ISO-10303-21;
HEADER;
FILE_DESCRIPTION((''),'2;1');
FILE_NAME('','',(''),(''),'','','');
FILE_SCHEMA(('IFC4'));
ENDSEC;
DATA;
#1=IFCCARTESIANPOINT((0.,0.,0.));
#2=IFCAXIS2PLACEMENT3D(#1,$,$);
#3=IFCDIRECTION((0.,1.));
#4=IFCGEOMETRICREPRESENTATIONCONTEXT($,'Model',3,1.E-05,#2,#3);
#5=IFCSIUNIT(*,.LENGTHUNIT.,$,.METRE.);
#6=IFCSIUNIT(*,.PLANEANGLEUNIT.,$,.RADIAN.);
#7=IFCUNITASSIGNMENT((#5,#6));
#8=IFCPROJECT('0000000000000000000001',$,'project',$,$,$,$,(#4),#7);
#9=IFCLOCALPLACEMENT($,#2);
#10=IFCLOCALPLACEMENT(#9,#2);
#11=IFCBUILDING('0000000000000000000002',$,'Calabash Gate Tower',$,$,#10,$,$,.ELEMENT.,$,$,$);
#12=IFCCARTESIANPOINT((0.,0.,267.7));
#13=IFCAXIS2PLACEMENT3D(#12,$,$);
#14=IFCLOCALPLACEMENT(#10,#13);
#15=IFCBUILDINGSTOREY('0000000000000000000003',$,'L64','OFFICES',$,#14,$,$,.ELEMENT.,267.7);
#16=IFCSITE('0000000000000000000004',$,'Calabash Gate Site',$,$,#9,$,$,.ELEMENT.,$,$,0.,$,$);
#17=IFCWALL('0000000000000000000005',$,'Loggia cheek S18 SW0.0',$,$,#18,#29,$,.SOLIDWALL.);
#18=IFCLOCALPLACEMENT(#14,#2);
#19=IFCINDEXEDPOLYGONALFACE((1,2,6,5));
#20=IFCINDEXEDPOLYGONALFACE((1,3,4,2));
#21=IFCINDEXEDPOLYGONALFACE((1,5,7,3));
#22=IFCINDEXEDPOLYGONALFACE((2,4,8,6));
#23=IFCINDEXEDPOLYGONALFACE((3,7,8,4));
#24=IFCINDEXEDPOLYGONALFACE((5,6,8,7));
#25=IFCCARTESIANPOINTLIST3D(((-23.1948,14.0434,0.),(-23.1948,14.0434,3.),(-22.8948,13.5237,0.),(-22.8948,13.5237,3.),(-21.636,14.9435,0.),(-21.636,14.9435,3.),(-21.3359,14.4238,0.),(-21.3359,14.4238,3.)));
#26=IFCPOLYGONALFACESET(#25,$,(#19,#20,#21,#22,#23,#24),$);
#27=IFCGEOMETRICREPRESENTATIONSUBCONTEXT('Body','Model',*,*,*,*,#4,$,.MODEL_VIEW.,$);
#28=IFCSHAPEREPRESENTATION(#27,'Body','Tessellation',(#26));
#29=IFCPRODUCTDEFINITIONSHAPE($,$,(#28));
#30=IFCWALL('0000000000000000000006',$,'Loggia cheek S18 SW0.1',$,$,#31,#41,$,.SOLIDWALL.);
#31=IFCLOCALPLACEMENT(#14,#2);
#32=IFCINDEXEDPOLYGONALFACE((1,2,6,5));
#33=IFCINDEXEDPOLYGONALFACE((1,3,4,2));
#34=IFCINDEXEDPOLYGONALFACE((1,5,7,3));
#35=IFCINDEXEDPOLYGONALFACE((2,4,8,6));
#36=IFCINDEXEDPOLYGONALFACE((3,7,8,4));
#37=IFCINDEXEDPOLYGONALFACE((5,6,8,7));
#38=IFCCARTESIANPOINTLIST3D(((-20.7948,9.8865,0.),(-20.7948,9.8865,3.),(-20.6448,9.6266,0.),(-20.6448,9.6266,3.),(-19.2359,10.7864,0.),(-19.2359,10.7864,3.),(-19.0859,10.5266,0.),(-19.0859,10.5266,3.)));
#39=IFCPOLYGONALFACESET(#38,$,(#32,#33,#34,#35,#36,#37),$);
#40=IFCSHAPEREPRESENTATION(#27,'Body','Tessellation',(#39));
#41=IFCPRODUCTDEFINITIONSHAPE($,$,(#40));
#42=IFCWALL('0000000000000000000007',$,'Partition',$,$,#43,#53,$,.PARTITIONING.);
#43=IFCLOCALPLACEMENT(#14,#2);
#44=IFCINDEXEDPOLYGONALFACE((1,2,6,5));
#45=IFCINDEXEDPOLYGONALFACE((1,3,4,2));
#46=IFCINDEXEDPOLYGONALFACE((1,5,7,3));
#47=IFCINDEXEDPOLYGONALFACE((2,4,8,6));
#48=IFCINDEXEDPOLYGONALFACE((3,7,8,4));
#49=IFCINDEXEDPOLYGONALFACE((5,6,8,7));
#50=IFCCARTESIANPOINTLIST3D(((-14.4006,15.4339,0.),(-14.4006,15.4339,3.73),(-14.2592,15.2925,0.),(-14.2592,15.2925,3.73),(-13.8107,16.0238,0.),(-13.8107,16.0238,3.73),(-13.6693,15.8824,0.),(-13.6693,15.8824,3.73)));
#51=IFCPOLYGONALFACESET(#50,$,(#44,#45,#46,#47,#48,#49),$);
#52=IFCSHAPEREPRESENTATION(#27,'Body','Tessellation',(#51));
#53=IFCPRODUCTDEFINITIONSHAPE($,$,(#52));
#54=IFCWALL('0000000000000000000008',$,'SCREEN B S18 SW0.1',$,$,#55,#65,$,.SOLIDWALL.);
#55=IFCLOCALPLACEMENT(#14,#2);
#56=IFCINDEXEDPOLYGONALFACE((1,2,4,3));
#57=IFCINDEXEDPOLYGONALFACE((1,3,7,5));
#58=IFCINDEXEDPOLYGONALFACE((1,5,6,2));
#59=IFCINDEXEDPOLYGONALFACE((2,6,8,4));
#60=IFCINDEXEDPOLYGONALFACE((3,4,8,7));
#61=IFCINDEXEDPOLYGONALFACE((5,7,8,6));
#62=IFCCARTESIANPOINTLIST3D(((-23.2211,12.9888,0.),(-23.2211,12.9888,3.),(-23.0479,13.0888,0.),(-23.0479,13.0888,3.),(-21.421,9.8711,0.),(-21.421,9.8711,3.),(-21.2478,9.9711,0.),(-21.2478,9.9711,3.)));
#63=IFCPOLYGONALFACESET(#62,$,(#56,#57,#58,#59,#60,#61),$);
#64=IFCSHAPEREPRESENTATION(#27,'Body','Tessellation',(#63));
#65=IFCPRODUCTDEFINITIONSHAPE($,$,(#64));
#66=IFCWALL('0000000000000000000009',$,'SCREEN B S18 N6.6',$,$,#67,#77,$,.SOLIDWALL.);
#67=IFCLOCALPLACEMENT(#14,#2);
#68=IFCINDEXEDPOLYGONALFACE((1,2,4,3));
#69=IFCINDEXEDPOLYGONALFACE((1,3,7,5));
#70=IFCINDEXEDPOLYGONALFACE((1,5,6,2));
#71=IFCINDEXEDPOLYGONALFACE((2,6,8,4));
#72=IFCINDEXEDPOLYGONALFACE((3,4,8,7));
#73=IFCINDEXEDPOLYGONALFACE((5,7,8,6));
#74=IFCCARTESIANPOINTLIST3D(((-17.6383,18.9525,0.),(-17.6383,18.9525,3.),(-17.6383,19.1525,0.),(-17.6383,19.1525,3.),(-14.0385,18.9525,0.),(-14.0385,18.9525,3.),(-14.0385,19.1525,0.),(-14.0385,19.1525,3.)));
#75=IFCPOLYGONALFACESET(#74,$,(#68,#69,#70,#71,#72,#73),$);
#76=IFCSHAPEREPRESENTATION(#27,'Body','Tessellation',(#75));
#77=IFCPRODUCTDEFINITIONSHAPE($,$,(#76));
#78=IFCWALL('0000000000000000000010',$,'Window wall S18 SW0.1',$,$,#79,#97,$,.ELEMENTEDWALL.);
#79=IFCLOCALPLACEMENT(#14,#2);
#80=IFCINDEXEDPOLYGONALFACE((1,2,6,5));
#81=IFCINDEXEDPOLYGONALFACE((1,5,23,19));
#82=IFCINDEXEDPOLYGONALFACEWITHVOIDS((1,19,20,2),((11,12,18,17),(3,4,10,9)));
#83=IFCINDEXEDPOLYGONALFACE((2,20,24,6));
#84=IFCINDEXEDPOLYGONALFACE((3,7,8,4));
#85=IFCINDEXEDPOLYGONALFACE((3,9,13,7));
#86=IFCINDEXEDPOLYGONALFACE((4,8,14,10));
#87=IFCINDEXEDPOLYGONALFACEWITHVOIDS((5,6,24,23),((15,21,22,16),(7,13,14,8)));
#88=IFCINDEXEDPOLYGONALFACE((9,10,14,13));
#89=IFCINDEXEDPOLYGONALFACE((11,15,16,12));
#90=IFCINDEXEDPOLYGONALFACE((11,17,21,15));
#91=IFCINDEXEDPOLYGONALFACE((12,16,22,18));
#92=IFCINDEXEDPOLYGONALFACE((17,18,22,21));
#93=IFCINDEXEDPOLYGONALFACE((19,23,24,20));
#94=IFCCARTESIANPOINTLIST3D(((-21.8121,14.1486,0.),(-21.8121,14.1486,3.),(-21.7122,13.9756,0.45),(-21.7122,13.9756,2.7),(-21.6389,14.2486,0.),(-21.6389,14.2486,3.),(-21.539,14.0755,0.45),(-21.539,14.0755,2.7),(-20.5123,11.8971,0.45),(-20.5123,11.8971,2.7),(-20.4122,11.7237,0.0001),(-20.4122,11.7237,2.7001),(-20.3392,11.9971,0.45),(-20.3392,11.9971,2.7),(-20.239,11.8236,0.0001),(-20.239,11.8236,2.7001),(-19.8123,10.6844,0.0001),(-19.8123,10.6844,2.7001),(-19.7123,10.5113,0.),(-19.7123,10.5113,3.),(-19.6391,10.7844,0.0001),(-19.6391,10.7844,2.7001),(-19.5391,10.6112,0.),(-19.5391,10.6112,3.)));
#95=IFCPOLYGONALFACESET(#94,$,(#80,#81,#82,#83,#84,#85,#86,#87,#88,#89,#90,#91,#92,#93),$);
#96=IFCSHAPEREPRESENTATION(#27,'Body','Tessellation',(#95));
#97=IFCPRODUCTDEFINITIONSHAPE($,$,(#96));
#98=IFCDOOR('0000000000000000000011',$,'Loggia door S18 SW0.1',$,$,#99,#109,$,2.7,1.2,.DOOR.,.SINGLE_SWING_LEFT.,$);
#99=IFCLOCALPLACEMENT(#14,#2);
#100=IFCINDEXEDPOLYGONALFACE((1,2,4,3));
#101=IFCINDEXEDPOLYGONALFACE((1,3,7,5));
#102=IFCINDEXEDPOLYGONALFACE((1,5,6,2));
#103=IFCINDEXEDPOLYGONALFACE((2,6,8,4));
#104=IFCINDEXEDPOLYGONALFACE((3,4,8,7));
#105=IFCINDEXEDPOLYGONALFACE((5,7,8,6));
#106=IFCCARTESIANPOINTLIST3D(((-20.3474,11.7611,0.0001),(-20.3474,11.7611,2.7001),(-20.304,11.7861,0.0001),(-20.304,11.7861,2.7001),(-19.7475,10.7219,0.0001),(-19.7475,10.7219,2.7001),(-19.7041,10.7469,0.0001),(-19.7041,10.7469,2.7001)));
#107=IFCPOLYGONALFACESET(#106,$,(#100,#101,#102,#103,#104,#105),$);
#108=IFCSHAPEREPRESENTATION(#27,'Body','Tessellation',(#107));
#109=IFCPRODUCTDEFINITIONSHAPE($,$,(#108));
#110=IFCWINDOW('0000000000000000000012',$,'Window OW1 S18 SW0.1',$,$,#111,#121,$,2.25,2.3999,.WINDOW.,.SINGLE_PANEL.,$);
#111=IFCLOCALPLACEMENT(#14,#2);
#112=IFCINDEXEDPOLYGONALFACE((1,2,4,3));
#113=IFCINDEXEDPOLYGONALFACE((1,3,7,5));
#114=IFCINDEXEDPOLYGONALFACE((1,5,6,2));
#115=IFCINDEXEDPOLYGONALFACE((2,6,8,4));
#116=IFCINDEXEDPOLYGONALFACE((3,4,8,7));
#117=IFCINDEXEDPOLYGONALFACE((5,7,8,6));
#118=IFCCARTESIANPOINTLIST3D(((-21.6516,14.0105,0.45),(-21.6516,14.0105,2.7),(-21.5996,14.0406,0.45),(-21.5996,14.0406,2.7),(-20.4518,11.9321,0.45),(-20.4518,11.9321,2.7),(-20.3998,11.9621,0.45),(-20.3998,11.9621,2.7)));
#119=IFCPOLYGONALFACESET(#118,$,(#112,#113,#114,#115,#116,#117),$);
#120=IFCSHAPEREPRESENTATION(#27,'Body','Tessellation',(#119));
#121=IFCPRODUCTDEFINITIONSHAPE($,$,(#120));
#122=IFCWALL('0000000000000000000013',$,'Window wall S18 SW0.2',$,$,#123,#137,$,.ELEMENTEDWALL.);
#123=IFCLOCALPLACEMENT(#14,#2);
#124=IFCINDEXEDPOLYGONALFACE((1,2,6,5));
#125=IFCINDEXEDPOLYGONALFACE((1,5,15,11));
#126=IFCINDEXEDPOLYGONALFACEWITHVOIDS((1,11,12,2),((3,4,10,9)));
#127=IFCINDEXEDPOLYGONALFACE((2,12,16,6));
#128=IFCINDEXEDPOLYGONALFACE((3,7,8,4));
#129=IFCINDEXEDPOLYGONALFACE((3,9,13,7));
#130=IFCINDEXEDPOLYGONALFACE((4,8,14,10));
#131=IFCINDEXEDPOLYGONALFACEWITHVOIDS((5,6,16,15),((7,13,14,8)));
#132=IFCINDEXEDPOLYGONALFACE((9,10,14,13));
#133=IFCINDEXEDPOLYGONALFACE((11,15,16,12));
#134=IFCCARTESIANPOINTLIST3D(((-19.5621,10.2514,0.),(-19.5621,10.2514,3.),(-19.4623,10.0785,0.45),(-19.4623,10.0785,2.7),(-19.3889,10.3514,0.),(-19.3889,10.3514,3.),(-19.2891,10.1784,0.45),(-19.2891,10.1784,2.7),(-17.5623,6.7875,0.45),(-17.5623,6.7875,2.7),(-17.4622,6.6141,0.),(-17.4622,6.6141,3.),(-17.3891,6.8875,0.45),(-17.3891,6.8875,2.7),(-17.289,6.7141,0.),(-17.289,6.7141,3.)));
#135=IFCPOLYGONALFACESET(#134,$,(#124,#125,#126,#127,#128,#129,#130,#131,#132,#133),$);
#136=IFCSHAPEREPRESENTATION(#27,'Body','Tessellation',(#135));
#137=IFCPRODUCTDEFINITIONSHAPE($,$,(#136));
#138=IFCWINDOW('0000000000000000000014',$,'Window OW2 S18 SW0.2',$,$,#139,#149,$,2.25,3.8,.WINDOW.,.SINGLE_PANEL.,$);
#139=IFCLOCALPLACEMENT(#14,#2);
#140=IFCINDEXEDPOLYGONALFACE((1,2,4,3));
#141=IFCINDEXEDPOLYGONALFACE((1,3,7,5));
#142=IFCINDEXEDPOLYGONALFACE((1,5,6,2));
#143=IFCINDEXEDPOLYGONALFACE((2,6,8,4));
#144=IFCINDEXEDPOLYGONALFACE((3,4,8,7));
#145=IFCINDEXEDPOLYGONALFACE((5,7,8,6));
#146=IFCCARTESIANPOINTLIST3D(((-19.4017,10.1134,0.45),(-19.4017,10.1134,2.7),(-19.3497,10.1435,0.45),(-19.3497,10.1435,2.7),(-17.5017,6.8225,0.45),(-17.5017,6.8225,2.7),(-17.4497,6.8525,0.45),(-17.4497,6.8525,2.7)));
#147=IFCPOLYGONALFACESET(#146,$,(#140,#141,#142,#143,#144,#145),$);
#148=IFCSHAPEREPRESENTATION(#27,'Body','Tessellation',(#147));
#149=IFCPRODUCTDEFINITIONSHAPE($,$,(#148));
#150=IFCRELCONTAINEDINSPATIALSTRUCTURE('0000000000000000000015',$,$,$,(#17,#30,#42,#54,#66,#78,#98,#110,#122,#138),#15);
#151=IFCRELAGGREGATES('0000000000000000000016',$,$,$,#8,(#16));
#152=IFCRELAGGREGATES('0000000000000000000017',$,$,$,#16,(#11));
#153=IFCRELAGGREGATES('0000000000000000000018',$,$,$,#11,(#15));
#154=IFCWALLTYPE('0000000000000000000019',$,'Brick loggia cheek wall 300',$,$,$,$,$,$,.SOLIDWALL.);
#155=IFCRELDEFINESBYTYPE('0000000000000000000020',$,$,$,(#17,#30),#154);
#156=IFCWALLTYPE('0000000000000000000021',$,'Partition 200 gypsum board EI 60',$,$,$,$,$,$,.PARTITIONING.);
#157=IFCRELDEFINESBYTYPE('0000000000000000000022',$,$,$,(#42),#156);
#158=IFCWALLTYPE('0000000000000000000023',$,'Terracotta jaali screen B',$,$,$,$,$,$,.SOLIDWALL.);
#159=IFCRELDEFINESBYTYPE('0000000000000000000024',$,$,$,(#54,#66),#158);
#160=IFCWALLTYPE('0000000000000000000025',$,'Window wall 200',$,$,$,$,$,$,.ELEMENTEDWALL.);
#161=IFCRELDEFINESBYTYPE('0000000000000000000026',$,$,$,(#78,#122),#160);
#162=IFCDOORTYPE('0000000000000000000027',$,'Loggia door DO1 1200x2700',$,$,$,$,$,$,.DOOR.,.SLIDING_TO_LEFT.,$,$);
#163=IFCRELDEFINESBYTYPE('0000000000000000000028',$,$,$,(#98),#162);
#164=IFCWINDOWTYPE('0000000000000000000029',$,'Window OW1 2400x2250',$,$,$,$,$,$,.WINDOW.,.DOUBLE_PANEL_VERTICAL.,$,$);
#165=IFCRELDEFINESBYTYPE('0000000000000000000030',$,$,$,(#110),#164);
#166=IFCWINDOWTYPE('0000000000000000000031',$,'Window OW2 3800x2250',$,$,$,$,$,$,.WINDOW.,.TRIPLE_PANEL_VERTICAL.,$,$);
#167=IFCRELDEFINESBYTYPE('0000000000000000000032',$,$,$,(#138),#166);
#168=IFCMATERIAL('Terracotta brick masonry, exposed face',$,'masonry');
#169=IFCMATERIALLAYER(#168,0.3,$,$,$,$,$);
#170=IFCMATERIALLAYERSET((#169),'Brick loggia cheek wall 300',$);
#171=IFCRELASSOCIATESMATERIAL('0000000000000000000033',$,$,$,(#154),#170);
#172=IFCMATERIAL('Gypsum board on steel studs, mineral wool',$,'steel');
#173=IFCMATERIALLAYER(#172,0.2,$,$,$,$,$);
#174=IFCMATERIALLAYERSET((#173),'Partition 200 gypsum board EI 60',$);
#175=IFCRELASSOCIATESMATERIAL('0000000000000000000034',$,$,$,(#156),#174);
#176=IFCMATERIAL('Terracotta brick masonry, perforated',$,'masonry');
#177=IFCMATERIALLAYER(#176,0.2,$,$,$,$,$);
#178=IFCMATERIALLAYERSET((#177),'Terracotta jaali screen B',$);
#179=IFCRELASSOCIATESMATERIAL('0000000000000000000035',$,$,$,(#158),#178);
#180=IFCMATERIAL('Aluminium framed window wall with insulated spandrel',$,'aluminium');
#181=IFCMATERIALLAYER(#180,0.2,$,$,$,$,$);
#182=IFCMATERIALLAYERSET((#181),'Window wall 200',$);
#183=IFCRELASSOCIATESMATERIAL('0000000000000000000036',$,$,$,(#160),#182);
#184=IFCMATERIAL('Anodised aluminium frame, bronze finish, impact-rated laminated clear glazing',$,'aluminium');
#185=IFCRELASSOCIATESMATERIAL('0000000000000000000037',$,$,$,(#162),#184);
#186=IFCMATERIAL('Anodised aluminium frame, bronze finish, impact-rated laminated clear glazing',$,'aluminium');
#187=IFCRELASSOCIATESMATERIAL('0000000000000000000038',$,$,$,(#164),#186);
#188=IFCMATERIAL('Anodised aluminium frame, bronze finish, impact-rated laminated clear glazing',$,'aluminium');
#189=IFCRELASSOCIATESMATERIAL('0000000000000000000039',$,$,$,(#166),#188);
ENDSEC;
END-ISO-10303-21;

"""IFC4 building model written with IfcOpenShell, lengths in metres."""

from ifc_helpers import new_model, si_unit, direction, frame, frame_2d, origin, place, context, subcontext, project, spatial, rectangle, extrude, material, layer, layer_set, type_object, element, fill, save


model = new_model("IFC4")

# Units and contexts
model_context = context("Model", 3, precision=1e-05, world=origin(), true_north=direction((0.0, 1.0)))
body_context = subcontext(model_context, "Body", "Model", "MODEL_VIEW")
ifc_project = project(units=[si_unit("LENGTHUNIT", "METRE"), si_unit("PLANEANGLEUNIT", "RADIAN")], contexts=[model_context])

# Site, building, storey
site_placement = place(None, origin())
site = spatial("IfcSite", under=ifc_project, at=site_placement, Name="Calabash Gate Site", CompositionType="ELEMENT", RefElevation=0.0)
building_placement = place(site_placement, origin())
building = spatial("IfcBuilding", under=site, at=building_placement, Name="Calabash Gate Tower", CompositionType="ELEMENT")
storey_placement = place(building_placement, frame((0.0, 0.0, 267.7)))
storey = spatial("IfcBuildingStorey", under=building, at=storey_placement, Name="L64", Description="OFFICES", CompositionType="ELEMENT", Elevation=267.7)

# Walls
ifc_material_1 = material(Name="Terracotta brick masonry, exposed face", Category="masonry")
ifc_layer_1 = layer(ifc_material_1, 0.3)
ifc_layer_set_1 = layer_set([ifc_layer_1], Name="Brick loggia cheek wall 300")
wall_type_1 = type_object("IfcWallType", Name="Brick loggia cheek wall 300", PredefinedType="SOLIDWALL", material=ifc_layer_set_1)
wall_1_placement = place(storey_placement, frame((-21.4861, 14.6836, 0.0), z_axis=(0.0, 0.0, 1.0), x_axis=(-0.865989, -0.500063, 0.0)))
element("IfcWall", 1, at=wall_1_placement, inside=storey, type_object=wall_type_1, Name="Loggia cheek S18 SW0.0", PredefinedType="SOLIDWALL", context=body_context, shape_type="SweptSolid", body=[
    extrude(rectangle(XDim=1.8, YDim=0.6001, at=frame_2d((0.8999, 0.0))), origin(), (0.0, 0.0, 1.0), 3.0),
])
wall_2_placement = place(storey_placement, frame((-20.7197, 9.7566, 0.0), z_axis=(0.0, 0.0, 1.0), x_axis=(0.866048, 0.499961, 0.0)))
element("IfcWall", 2, at=wall_2_placement, inside=storey, type_object=wall_type_1, Name="Loggia cheek S18 SW0.1", PredefinedType="SOLIDWALL", context=body_context, shape_type="SweptSolid", body=[
    extrude(rectangle(XDim=1.8, YDim=0.3, at=frame_2d((0.8999, 0.0))), origin(), (0.0, 0.0, 1.0), 3.0),
])
ifc_material_2 = material(Name="Gypsum board on steel studs, mineral wool", Category="steel")
ifc_layer_2 = layer(ifc_material_2, 0.2)
ifc_layer_set_2 = layer_set([ifc_layer_2], Name="Partition 200 gypsum board EI 60")
wall_type_2 = type_object("IfcWallType", Name="Partition 200 gypsum board EI 60", PredefinedType="PARTITIONING", material=ifc_layer_set_2)
wall_3_placement = place(storey_placement, frame((-14.3298, 15.3633, 0.0), z_axis=(0.0, 0.0, 1.0), x_axis=(0.707107, 0.707107, 0.0)))
element("IfcWall", 3, at=wall_3_placement, inside=storey, type_object=wall_type_2, Name="Partition", PredefinedType="PARTITIONING", context=body_context, shape_type="SweptSolid", body=[
    extrude(rectangle(XDim=0.8342, YDim=0.2, at=frame_2d((0.417, 0.0))), origin(), (0.0, 0.0, 1.0), 3.73),
])
ifc_material_3 = material(Name="Terracotta brick masonry, perforated", Category="masonry")
ifc_layer_3 = layer(ifc_material_3, 0.2)
ifc_layer_set_3 = layer_set([ifc_layer_3], Name="Terracotta jaali screen B")
wall_type_3 = type_object("IfcWallType", Name="Terracotta jaali screen B", PredefinedType="SOLIDWALL", material=ifc_layer_set_3)
wall_4_placement = place(storey_placement, frame((-23.1345, 13.0388, 0.0), z_axis=(0.0, 0.0, 1.0), x_axis=(0.500012, -0.866018, 0.0)))
element("IfcWall", 4, at=wall_4_placement, inside=storey, type_object=wall_type_3, Name="SCREEN B S18 SW0.1", PredefinedType="SOLIDWALL", context=body_context, shape_type="SweptSolid", body=[
    extrude(rectangle(XDim=3.6001, YDim=0.2, at=frame_2d((1.8, 0.0))), origin(), (0.0, 0.0, 1.0), 3.0),
])
wall_5_placement = place(storey_placement, frame((-14.0386, 19.0525, 0.0), z_axis=(0.0, 0.0, 1.0), x_axis=(-1.0, 0.0, 0.0)))
element("IfcWall", 5, at=wall_5_placement, inside=storey, type_object=wall_type_3, Name="SCREEN B S18 N6.6", PredefinedType="SOLIDWALL", context=body_context, shape_type="SweptSolid", body=[
    extrude(rectangle(XDim=3.5999, YDim=0.2, at=frame_2d((1.7998, 0.0))), origin(), (0.0, 0.0, 1.0), 3.0),
])

# Wall, openings, door, window
ifc_material_4 = material(Name="Aluminium framed window wall with insulated spandrel", Category="aluminium")
ifc_layer_4 = layer(ifc_material_4, 0.2)
ifc_layer_set_4 = layer_set([ifc_layer_4], Name="Window wall 200")
wall_type_4 = type_object("IfcWallType", Name="Window wall 200", PredefinedType="ELEMENTEDWALL", material=ifc_layer_set_4)
wall_6_placement = place(storey_placement, frame((-21.7256, 14.1987, 0.0), z_axis=(0.0, 0.0, 1.0), x_axis=(0.499959, -0.866049, 0.0)))
wall_6 = element("IfcWall", 6, at=wall_6_placement, inside=storey, type_object=wall_type_4, Name="Window wall S18 SW0.1", PredefinedType="ELEMENTEDWALL", context=body_context, shape_type="SweptSolid", body=[
    extrude(rectangle(XDim=4.2, YDim=0.2, at=frame_2d((2.1001, 0.0))), origin(), (0.0, 0.0, 1.0), 3.0),
])
opening_1_placement = place(wall_6_placement, frame((0.2, 0.0, 0.45)))
opening_1 = element("IfcOpeningElement", 7, at=opening_1_placement, cuts=wall_6, PredefinedType="OPENING", context=body_context, shape_type="SweptSolid", body=[
    extrude(rectangle(XDim=2.3999, YDim=2.25, at=frame_2d((1.2, 1.125))), frame((0.0, 0.1099, 0.0), z_axis=(0.0, -1.0, 0.0), x_axis=(1.0, 0.0, 0.0)), (0.0, 0.0, 1.0), 0.22),
])
opening_2_placement = place(wall_6_placement, frame((2.8, 0.0, 0.0)))
opening_2 = element("IfcOpeningElement", 8, at=opening_2_placement, cuts=wall_6, PredefinedType="OPENING", context=body_context, shape_type="SweptSolid", body=[
    extrude(rectangle(XDim=1.2, YDim=2.7, at=frame_2d((0.6001, 1.3501))), frame((0.0, 0.1099, 0.0), z_axis=(0.0, -1.0, 0.0), x_axis=(1.0, 0.0, 0.0)), (0.0, 0.0, 1.0), 0.22),
])
ifc_material_5 = material(Name="Anodised aluminium frame, bronze finish, impact-rated laminated clear glazing", Category="aluminium")
door_type = type_object("IfcDoorType", Name="Loggia door DO1 1200x2700", OperationType="SLIDING_TO_LEFT", PredefinedType="DOOR", material=ifc_material_5)
door_placement = place(opening_2_placement, origin())
door = element("IfcDoor", 9, at=door_placement, inside=storey, type_object=door_type, Name="Loggia door S18 SW0.1", OperationType="SINGLE_SWING_LEFT", OverallHeight=2.7, OverallWidth=1.2, PredefinedType="DOOR", context=body_context, shape_type="SweptSolid", body=[
    extrude(rectangle(XDim=1.2, YDim=2.7, at=frame_2d((0.6001, 1.3501))), frame((0.0, 0.0249, 0.0), z_axis=(0.0, -1.0, 0.0), x_axis=(1.0, 0.0, 0.0)), (0.0, 0.0, 1.0), 0.05),
])
fill(opening_2, door)
ifc_material_6 = material(Name="Anodised aluminium frame, bronze finish, impact-rated laminated clear glazing", Category="aluminium")
window_type_1 = type_object("IfcWindowType", Name="Window OW1 2400x2250", PartitioningType="DOUBLE_PANEL_VERTICAL", PredefinedType="WINDOW", material=ifc_material_6)
window_1_placement = place(opening_1_placement, origin())
window_1 = element("IfcWindow", 10, at=window_1_placement, inside=storey, type_object=window_type_1, Name="Window OW1 S18 SW0.1", OverallHeight=2.25, OverallWidth=2.3999, PartitioningType="SINGLE_PANEL", PredefinedType="WINDOW", context=body_context, shape_type="SweptSolid", body=[
    extrude(rectangle(XDim=2.3999, YDim=2.25, at=frame_2d((1.2, 1.125))), frame((0.0, 0.03, 0.0), z_axis=(0.0, -1.0, 0.0), x_axis=(1.0, 0.0, 0.0)), (0.0, 0.0, 1.0), 0.0601),
])
fill(opening_1, window_1)

# Wall, opening, window
wall_7_placement = place(storey_placement, frame((-19.4756, 10.3015, 0.0), z_axis=(0.0, 0.0, 1.0), x_axis=(0.499984, -0.866035, 0.0)))
wall_7 = element("IfcWall", 11, at=wall_7_placement, inside=storey, type_object=wall_type_4, Name="Window wall S18 SW0.2", PredefinedType="ELEMENTEDWALL", context=body_context, shape_type="SweptSolid", body=[
    extrude(rectangle(XDim=4.2, YDim=0.2, at=frame_2d((2.1001, 0.0))), origin(), (0.0, 0.0, 1.0), 3.0),
])
opening_3_placement = place(wall_7_placement, frame((0.2, 0.0, 0.45)))
opening_3 = element("IfcOpeningElement", 12, at=opening_3_placement, cuts=wall_7, PredefinedType="OPENING", context=body_context, shape_type="SweptSolid", body=[
    extrude(rectangle(XDim=3.8, YDim=2.25, at=frame_2d((1.8999, 1.125))), frame((0.0, 0.1099, 0.0), z_axis=(0.0, -1.0, 0.0), x_axis=(1.0, 0.0, 0.0)), (0.0, 0.0, 1.0), 0.22),
])
ifc_material_7 = material(Name="Anodised aluminium frame, bronze finish, impact-rated laminated clear glazing", Category="aluminium")
window_type_2 = type_object("IfcWindowType", Name="Window OW2 3800x2250", PartitioningType="TRIPLE_PANEL_VERTICAL", PredefinedType="WINDOW", material=ifc_material_7)
window_2_placement = place(opening_3_placement, origin())
window_2 = element("IfcWindow", 13, at=window_2_placement, inside=storey, type_object=window_type_2, Name="Window OW2 S18 SW0.2", OverallHeight=2.25, OverallWidth=3.8, PartitioningType="SINGLE_PANEL", PredefinedType="WINDOW", context=body_context, shape_type="SweptSolid", body=[
    extrude(rectangle(XDim=3.8, YDim=2.25, at=frame_2d((1.8999, 1.125))), frame((0.0, 0.03, 0.0), z_axis=(0.0, -1.0, 0.0), x_axis=(1.0, 0.0, 0.0)), (0.0, 0.0, 1.0), 0.0601),
])
fill(opening_3, window_2)

save(model, "model.ifc")
